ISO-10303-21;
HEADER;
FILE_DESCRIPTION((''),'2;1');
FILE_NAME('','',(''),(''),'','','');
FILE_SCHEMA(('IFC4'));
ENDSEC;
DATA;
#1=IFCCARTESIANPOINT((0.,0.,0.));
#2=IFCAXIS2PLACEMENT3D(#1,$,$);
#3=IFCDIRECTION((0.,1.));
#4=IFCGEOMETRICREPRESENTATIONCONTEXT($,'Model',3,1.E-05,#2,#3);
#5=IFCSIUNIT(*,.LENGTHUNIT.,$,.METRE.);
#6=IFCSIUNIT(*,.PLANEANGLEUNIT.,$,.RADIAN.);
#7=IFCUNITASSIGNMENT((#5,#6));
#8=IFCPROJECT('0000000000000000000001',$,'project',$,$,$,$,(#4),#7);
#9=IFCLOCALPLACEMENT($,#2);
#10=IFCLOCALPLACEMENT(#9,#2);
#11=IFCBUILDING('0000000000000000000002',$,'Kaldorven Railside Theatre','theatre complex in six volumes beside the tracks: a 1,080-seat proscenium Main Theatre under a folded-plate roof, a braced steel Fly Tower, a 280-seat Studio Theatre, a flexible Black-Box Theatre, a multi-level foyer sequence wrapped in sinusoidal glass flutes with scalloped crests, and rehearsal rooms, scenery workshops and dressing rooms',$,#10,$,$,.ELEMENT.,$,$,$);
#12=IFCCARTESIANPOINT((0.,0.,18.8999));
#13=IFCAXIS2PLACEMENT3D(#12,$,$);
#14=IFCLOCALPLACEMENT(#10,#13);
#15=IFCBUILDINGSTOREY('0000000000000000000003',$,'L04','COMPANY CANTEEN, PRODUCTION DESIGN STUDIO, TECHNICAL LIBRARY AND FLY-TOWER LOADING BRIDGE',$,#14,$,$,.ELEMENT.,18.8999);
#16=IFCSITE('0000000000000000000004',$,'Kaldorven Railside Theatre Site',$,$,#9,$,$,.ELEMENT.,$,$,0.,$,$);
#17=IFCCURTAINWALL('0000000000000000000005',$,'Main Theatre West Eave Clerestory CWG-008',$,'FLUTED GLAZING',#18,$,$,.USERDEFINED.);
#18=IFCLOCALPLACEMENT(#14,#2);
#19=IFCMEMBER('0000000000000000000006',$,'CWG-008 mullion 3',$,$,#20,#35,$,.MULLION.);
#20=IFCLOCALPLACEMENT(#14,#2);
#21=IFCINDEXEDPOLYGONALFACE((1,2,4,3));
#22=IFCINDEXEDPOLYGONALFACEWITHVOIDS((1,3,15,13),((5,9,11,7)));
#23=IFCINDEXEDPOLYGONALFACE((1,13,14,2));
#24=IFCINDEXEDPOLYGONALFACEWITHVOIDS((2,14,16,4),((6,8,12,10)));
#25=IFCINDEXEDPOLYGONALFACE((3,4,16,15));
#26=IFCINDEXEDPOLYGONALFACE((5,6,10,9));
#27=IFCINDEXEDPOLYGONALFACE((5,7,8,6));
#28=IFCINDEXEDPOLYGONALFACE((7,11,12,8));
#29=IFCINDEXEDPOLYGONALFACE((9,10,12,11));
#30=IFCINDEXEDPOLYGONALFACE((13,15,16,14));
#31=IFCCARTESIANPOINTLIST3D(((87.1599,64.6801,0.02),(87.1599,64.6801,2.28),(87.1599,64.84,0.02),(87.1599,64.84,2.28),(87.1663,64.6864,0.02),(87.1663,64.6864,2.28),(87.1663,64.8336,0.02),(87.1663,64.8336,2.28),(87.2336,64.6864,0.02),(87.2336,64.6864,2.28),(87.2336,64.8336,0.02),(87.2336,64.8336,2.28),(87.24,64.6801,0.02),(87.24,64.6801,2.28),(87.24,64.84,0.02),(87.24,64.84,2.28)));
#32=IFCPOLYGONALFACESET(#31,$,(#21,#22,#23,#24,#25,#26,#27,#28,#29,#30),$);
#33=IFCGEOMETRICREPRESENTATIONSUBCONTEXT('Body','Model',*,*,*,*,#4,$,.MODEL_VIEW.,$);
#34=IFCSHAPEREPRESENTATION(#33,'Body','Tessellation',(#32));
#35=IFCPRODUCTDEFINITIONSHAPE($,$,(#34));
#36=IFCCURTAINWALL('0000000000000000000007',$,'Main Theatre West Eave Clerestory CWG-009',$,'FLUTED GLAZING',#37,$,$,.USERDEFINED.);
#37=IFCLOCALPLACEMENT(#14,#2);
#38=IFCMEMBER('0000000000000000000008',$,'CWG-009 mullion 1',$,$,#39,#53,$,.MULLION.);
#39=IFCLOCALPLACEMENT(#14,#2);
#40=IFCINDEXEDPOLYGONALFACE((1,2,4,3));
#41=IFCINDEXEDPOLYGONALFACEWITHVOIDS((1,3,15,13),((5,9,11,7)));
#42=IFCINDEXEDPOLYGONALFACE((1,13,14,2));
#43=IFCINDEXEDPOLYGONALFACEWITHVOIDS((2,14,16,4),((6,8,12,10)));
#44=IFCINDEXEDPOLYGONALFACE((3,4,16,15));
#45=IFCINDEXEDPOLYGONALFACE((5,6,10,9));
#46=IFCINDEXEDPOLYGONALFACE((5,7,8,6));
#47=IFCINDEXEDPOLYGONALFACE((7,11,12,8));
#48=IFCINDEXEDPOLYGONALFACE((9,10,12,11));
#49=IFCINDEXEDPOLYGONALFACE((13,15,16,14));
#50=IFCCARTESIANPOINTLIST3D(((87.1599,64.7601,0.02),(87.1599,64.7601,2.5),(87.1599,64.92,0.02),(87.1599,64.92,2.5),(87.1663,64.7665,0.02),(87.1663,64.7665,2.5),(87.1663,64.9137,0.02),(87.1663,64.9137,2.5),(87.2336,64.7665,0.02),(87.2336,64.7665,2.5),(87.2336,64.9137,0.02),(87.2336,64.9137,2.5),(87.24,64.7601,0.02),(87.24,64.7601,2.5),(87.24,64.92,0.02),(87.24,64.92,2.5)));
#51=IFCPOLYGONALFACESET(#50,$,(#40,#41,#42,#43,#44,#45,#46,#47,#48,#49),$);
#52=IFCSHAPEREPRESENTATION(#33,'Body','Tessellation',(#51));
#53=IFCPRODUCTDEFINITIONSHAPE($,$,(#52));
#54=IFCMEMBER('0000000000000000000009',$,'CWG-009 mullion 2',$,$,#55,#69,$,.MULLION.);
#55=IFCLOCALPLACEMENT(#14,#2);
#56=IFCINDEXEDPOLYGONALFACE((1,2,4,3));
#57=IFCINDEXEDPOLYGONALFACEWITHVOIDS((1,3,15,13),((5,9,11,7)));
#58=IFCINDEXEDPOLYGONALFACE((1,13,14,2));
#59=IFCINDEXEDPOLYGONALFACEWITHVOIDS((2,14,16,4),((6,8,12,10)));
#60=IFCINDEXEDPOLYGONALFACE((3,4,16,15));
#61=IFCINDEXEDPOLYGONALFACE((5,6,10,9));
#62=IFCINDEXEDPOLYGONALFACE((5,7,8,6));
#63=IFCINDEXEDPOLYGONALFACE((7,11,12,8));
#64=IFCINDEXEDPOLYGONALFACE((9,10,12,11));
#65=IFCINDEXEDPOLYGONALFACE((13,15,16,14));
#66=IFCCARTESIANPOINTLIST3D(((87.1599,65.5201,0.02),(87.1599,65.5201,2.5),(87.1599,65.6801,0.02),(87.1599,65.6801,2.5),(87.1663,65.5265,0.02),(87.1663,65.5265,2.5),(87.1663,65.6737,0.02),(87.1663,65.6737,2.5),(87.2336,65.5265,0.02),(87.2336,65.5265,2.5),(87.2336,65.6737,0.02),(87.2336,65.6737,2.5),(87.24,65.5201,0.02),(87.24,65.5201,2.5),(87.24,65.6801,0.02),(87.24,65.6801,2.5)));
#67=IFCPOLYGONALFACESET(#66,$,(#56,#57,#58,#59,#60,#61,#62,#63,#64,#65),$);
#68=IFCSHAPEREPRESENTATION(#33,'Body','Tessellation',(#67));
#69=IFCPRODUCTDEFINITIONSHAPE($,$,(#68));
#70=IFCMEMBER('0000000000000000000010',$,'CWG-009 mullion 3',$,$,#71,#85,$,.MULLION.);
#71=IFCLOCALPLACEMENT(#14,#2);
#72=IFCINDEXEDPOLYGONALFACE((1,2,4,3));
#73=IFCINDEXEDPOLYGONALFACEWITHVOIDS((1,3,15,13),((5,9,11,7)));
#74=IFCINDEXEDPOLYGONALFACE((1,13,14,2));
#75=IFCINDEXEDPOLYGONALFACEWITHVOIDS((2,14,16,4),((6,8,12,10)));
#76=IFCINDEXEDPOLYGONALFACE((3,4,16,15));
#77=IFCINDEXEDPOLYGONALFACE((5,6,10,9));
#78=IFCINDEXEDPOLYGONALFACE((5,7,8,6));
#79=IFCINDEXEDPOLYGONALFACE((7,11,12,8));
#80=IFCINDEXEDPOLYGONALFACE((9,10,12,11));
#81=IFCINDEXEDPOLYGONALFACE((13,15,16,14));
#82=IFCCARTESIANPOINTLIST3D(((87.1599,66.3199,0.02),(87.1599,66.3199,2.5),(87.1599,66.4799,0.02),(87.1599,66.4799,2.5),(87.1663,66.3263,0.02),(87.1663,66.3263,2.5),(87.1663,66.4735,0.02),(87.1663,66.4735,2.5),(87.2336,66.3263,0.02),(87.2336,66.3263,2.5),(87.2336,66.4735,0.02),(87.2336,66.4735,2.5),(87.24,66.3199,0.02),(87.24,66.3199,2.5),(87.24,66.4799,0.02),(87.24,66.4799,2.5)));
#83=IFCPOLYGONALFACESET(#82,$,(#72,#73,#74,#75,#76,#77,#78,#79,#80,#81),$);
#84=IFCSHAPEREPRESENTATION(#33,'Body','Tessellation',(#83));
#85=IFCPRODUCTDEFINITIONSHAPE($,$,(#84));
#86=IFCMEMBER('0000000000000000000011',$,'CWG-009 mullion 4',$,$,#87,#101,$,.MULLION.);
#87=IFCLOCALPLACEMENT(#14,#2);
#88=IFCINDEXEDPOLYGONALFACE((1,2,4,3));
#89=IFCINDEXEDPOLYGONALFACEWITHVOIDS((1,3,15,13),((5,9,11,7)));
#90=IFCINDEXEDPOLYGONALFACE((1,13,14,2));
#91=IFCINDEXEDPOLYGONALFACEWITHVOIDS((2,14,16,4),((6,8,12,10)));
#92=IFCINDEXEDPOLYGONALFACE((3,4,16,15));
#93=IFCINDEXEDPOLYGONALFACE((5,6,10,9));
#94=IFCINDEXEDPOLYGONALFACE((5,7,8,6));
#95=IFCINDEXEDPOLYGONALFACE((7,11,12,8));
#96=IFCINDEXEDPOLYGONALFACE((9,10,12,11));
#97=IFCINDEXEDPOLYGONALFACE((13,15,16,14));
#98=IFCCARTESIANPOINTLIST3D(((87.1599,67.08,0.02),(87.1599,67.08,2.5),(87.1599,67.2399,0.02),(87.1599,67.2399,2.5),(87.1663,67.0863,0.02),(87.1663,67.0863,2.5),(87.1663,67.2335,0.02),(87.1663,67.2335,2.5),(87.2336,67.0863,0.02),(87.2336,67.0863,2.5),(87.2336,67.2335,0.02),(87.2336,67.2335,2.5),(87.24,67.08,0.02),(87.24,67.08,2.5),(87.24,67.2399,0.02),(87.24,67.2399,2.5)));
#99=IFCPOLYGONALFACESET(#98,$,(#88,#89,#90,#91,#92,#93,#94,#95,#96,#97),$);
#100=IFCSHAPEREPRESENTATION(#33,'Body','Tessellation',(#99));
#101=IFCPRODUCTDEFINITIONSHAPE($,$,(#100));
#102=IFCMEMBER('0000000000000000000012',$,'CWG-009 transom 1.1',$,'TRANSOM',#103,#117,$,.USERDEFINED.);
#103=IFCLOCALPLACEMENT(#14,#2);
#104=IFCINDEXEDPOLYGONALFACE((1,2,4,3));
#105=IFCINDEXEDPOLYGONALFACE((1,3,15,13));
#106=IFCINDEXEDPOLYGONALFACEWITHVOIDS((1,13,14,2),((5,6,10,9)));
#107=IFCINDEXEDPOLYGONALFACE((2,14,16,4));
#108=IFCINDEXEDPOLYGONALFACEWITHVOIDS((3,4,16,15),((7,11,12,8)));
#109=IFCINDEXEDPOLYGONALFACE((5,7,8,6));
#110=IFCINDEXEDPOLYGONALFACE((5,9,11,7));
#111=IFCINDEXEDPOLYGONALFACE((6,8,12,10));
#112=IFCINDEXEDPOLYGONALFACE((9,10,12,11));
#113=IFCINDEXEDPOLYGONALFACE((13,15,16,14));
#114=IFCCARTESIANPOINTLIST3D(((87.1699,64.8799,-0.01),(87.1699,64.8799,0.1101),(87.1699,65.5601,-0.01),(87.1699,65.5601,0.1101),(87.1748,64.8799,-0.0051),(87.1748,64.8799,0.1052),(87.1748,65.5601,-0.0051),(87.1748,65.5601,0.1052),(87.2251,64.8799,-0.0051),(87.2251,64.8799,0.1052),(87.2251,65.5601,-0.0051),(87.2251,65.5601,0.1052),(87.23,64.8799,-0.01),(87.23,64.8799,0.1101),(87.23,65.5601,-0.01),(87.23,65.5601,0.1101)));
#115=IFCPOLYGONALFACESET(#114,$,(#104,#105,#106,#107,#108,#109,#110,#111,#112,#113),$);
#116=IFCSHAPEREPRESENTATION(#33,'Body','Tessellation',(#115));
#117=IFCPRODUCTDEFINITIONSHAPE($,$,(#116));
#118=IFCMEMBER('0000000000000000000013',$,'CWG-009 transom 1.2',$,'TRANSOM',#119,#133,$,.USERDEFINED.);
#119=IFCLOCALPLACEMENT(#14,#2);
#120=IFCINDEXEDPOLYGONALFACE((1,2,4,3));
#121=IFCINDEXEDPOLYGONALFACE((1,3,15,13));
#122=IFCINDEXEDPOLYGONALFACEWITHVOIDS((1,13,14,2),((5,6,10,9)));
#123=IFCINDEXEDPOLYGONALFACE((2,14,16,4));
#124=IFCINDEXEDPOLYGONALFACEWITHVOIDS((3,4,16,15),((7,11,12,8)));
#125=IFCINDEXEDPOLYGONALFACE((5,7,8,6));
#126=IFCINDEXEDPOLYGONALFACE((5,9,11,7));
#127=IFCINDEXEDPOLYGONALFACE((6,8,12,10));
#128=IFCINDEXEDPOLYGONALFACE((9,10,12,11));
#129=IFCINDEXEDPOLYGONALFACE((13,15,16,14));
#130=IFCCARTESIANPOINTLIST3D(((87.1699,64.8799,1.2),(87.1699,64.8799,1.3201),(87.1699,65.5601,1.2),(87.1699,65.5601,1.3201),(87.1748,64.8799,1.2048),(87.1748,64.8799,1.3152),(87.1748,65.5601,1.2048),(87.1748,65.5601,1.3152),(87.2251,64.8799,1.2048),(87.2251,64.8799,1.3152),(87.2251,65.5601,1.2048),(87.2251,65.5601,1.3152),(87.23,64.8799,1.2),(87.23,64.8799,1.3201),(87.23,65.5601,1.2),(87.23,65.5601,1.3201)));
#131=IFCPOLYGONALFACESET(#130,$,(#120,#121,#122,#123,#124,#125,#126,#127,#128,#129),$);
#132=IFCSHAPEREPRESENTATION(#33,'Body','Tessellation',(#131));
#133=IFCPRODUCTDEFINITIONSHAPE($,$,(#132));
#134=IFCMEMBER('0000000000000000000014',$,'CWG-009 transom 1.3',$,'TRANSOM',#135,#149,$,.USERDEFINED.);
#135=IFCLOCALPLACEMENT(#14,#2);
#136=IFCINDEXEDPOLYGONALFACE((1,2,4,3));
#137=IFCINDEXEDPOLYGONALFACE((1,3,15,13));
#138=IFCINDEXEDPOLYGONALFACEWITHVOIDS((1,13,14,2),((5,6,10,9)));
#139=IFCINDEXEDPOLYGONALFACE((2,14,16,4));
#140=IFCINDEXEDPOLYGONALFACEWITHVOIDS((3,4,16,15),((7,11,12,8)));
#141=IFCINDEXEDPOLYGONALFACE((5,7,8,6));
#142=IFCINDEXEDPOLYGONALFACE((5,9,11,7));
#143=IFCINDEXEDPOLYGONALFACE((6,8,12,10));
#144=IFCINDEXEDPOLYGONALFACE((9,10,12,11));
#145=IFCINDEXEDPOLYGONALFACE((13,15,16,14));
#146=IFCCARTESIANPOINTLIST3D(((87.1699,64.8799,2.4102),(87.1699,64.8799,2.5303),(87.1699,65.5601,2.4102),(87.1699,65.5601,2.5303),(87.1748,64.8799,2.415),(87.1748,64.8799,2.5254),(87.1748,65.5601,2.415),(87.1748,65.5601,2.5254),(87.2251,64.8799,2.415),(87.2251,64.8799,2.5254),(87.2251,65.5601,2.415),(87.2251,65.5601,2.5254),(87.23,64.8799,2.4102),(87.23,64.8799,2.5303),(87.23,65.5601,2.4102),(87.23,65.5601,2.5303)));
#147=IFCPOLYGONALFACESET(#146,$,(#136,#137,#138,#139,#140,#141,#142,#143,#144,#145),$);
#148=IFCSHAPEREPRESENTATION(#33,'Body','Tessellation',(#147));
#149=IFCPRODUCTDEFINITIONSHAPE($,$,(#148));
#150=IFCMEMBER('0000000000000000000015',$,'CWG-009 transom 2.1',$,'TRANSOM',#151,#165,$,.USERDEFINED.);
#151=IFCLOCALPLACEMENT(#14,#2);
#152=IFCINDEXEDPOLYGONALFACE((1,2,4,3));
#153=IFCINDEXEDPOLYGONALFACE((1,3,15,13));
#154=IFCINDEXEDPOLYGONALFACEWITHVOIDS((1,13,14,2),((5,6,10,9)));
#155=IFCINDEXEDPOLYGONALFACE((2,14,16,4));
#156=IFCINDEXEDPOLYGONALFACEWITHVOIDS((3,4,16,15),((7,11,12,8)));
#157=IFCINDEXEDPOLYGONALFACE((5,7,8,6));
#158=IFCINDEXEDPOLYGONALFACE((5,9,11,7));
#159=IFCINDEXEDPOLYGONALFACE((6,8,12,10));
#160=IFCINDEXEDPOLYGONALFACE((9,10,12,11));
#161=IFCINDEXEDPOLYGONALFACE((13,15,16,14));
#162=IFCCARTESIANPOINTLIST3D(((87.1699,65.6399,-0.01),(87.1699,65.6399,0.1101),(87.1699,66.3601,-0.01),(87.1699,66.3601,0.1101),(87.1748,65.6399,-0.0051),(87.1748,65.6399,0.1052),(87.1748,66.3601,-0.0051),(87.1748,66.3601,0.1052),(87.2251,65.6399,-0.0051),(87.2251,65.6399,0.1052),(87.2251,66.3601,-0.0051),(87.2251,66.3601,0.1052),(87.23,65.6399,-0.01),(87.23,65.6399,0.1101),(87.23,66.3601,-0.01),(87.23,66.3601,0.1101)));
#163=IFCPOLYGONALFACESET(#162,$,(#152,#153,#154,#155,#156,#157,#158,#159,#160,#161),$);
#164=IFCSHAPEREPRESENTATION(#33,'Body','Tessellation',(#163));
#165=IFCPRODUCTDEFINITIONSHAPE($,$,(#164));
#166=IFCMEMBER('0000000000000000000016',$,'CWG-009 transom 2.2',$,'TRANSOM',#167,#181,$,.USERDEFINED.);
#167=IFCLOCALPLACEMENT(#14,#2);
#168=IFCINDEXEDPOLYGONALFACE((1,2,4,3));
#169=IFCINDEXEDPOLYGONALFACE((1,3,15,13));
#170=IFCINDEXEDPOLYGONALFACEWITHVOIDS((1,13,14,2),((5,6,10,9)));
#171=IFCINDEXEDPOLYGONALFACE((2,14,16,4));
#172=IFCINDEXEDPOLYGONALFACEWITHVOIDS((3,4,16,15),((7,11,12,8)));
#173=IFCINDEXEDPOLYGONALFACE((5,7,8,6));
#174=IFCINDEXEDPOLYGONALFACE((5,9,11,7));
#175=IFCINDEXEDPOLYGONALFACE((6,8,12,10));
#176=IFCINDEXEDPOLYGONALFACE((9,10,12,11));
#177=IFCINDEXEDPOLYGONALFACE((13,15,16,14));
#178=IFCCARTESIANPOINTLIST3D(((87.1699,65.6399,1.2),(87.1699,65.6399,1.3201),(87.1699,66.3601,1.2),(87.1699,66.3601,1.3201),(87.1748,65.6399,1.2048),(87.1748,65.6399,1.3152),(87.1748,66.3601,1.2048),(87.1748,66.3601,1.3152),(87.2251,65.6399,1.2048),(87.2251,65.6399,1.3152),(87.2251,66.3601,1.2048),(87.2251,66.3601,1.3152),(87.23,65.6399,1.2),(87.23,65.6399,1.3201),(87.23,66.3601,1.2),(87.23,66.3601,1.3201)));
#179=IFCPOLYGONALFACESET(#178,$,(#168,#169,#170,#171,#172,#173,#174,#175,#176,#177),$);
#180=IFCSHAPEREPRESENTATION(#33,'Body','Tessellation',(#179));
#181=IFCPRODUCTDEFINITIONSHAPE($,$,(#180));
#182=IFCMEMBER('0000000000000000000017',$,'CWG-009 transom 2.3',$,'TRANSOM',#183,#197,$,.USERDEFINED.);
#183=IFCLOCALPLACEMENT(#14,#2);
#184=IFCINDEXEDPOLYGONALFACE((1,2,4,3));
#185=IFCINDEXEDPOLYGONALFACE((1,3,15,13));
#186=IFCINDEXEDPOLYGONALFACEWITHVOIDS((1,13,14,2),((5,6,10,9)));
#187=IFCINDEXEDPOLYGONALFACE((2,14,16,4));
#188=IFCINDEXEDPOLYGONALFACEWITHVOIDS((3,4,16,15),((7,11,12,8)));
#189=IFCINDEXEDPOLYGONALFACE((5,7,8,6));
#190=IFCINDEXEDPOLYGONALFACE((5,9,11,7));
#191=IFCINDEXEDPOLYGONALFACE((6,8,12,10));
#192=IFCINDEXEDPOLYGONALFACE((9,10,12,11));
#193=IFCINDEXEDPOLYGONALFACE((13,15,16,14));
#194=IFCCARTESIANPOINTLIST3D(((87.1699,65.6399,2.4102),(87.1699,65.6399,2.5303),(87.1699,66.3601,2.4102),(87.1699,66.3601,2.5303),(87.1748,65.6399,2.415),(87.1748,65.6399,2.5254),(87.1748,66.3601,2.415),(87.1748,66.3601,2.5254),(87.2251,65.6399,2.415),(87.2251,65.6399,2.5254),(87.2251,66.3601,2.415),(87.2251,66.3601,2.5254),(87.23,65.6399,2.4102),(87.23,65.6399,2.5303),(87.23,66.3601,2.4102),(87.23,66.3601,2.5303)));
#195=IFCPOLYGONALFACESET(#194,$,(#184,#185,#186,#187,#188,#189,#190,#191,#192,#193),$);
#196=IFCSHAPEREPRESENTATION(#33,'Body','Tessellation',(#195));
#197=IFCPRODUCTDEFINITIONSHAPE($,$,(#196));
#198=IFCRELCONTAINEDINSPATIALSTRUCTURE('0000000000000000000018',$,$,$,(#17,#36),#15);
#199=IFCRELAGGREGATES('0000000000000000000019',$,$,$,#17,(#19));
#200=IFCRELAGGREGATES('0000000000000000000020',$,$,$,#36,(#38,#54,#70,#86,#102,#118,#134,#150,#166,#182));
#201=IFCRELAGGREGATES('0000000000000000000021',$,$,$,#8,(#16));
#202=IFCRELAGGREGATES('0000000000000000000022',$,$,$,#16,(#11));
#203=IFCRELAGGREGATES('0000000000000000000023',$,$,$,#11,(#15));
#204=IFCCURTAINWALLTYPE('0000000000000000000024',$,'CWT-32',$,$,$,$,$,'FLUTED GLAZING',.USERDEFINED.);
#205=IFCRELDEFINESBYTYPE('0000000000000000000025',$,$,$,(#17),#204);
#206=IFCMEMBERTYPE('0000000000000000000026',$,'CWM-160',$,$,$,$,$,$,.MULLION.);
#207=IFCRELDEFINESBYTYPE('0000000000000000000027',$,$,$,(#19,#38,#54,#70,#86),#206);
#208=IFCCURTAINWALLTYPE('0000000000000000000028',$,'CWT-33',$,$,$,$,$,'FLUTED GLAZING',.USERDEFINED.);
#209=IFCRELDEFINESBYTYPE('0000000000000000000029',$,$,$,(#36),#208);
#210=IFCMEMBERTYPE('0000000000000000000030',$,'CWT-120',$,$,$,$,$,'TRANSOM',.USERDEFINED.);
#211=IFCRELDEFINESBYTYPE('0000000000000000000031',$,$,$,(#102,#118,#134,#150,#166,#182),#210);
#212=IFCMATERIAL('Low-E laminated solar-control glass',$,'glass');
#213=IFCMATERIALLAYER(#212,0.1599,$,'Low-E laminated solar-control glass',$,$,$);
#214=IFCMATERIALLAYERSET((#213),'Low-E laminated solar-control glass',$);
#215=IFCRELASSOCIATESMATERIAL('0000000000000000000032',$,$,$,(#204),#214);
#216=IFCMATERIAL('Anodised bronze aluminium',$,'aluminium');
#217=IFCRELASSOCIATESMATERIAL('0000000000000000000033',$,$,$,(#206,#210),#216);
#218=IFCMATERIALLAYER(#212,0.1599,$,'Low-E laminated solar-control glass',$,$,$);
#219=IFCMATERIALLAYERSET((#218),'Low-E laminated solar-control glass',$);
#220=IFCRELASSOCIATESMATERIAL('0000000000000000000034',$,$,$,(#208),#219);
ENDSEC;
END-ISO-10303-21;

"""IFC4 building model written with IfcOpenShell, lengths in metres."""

from ifc_helpers import new_model, si_unit, direction, frame, origin, origin_2d, place, context, subcontext, project, spatial, hollow_rectangle, extrude, material, layer, layer_set, material_profile, profile_set, type_object, element, aggregate, save


model = new_model("IFC4")

# Units and contexts
model_context = context("Model", 3, precision=1e-05, world=origin(), true_north=direction((0.0, 1.0)))
body_context = subcontext(model_context, "Body", "Model", "MODEL_VIEW")
ifc_project = project(units=[si_unit("LENGTHUNIT", "METRE"), si_unit("PLANEANGLEUNIT", "RADIAN")], contexts=[model_context])

# Site, building, storey
site_placement = place(None, origin())
site = spatial("IfcSite", under=ifc_project, at=site_placement, Name="Kaldorven Railside Theatre Site", CompositionType="ELEMENT", RefElevation=0.0)
building_placement = place(site_placement, origin())
building = spatial("IfcBuilding", under=site, at=building_placement, Name="Kaldorven Railside Theatre", Description="theatre complex in six volumes beside the tracks: a 1,080-seat proscenium Main Theatre under a folded-plate roof, a braced steel Fly Tower, a 280-seat Studio Theatre, a flexible Black-Box Theatre, a multi-level foyer sequence wrapped in sinusoidal glass flutes with scalloped crests, and rehearsal rooms, scenery workshops and dressing rooms", CompositionType="ELEMENT")
storey_placement = place(building_placement, frame((0.0, 0.0, 18.8999)))
storey = spatial("IfcBuildingStorey", under=building, at=storey_placement, Name="L04", Description="COMPANY CANTEEN, PRODUCTION DESIGN STUDIO, TECHNICAL LIBRARY AND FLY-TOWER LOADING BRIDGE", CompositionType="ELEMENT", Elevation=18.8999)

# Curtain wall, member
ifc_material_1 = material(Name="Low-E laminated solar-control glass", Category="glass")
ifc_layer_1 = layer(ifc_material_1, 0.1599, Name="Low-E laminated solar-control glass")
ifc_layer_set_1 = layer_set([ifc_layer_1], Name="Low-E laminated solar-control glass")
curtain_wall_type_1 = type_object("IfcCurtainWallType", Name="CWT-32", ElementType="FLUTED GLAZING", PredefinedType="USERDEFINED", material=ifc_layer_set_1)
curtain_wall_1_placement = place(storey_placement, origin())
curtain_wall_1 = element("IfcCurtainWall", 1, at=curtain_wall_1_placement, inside=storey, type_object=curtain_wall_type_1, Name="Main Theatre West Eave Clerestory CWG-008", ObjectType="FLUTED GLAZING", PredefinedType="USERDEFINED")
ifc_material_2 = material(Name="Anodised bronze aluminium", Category="aluminium")
ifc_material_profile_1 = material_profile(ifc_material_2, hollow_rectangle(XDim=0.0801, YDim=0.1599, WallThickness=0.0063, at=origin_2d()), Name="RHS 160x80x6.3")
ifc_profile_set_1 = profile_set([ifc_material_profile_1], Name="Anodised bronze aluminium")
member_type_1 = type_object("IfcMemberType", Name="CWM-160", PredefinedType="MULLION", material=ifc_profile_set_1)
member_1_placement = place(storey_placement, frame((87.2, 64.76, 0.02), z_axis=(0.0, 0.0, 1.0), x_axis=(-1.0, 0.0, 0.0)))
member_1 = element("IfcMember", 2, at=member_1_placement, type_object=member_type_1, Name="CWG-008 mullion 3", PredefinedType="MULLION", context=body_context, shape_type="SweptSolid", body=[
    extrude(hollow_rectangle(XDim=0.0801, YDim=0.1599, WallThickness=0.0063, at=origin_2d()), origin(), (0.0, 0.0, 1.0), 2.26),
])

# Curtain wall, members
ifc_layer_2 = layer(ifc_material_1, 0.1599, Name="Low-E laminated solar-control glass")
ifc_layer_set_2 = layer_set([ifc_layer_2], Name="Low-E laminated solar-control glass")
curtain_wall_type_2 = type_object("IfcCurtainWallType", Name="CWT-33", ElementType="FLUTED GLAZING", PredefinedType="USERDEFINED", material=ifc_layer_set_2)
curtain_wall_2_placement = place(storey_placement, origin())
curtain_wall_2 = element("IfcCurtainWall", 3, at=curtain_wall_2_placement, inside=storey, type_object=curtain_wall_type_2, Name="Main Theatre West Eave Clerestory CWG-009", ObjectType="FLUTED GLAZING", PredefinedType="USERDEFINED")
member_2_placement = place(storey_placement, frame((87.2, 64.8401, 0.02), z_axis=(0.0, 0.0, 1.0), x_axis=(-1.0, 0.0, 0.0)))
member_2 = element("IfcMember", 4, at=member_2_placement, type_object=member_type_1, Name="CWG-009 mullion 1", PredefinedType="MULLION", context=body_context, shape_type="SweptSolid", body=[
    extrude(hollow_rectangle(XDim=0.0801, YDim=0.1599, WallThickness=0.0063, at=origin_2d()), origin(), (0.0, 0.0, 1.0), 2.48),
])
member_3_placement = place(storey_placement, frame((87.2, 65.6001, 0.02), z_axis=(0.0, 0.0, 1.0), x_axis=(-1.0, 0.0, 0.0)))
member_3 = element("IfcMember", 5, at=member_3_placement, type_object=member_type_1, Name="CWG-009 mullion 2", PredefinedType="MULLION", context=body_context, shape_type="SweptSolid", body=[
    extrude(hollow_rectangle(XDim=0.0801, YDim=0.1599, WallThickness=0.0063, at=origin_2d()), origin(), (0.0, 0.0, 1.0), 2.48),
])
member_4_placement = place(storey_placement, frame((87.2, 66.3999, 0.02), z_axis=(0.0, 0.0, 1.0), x_axis=(-1.0, 0.0, 0.0)))
member_4 = element("IfcMember", 6, at=member_4_placement, type_object=member_type_1, Name="CWG-009 mullion 3", PredefinedType="MULLION", context=body_context, shape_type="SweptSolid", body=[
    extrude(hollow_rectangle(XDim=0.0801, YDim=0.1599, WallThickness=0.0063, at=origin_2d()), origin(), (0.0, 0.0, 1.0), 2.48),
])
member_5_placement = place(storey_placement, frame((87.2, 67.1599, 0.02), z_axis=(0.0, 0.0, 1.0), x_axis=(-1.0, 0.0, 0.0)))
member_5 = element("IfcMember", 7, at=member_5_placement, type_object=member_type_1, Name="CWG-009 mullion 4", PredefinedType="MULLION", context=body_context, shape_type="SweptSolid", body=[
    extrude(hollow_rectangle(XDim=0.0801, YDim=0.1599, WallThickness=0.0063, at=origin_2d()), origin(), (0.0, 0.0, 1.0), 2.48),
])
ifc_material_profile_2 = material_profile(ifc_material_2, hollow_rectangle(XDim=0.0601, YDim=0.1201, WallThickness=0.0049, at=origin_2d()), Name="RHS 120x60x5")
ifc_profile_set_2 = profile_set([ifc_material_profile_2], Name="Anodised bronze aluminium")
member_type_2 = type_object("IfcMemberType", Name="CWT-120", ElementType="TRANSOM", PredefinedType="USERDEFINED", material=ifc_profile_set_2)
member_6_placement = place(storey_placement, frame((87.2, 64.8799, 0.05), z_axis=(0.0, 1.0, 0.0), x_axis=(-1.0, 0.0, 0.0)))
member_6 = element("IfcMember", 8, at=member_6_placement, type_object=member_type_2, Name="CWG-009 transom 1.1", ObjectType="TRANSOM", PredefinedType="USERDEFINED", context=body_context, shape_type="SweptSolid", body=[
    extrude(hollow_rectangle(XDim=0.0601, YDim=0.1201, WallThickness=0.0049, at=origin_2d()), origin(), (0.0, 0.0, 1.0), 0.6802),
])
member_7_placement = place(storey_placement, frame((87.2, 64.8799, 1.26), z_axis=(0.0, 1.0, 0.0), x_axis=(-1.0, 0.0, 0.0)))
member_7 = element("IfcMember", 9, at=member_7_placement, type_object=member_type_2, Name="CWG-009 transom 1.2", ObjectType="TRANSOM", PredefinedType="USERDEFINED", context=body_context, shape_type="SweptSolid", body=[
    extrude(hollow_rectangle(XDim=0.0601, YDim=0.1201, WallThickness=0.0049, at=origin_2d()), origin(), (0.0, 0.0, 1.0), 0.6802),
])
member_8_placement = place(storey_placement, frame((87.2, 64.8799, 2.4702), z_axis=(0.0, 1.0, 0.0), x_axis=(-1.0, 0.0, 0.0)))
member_8 = element("IfcMember", 10, at=member_8_placement, type_object=member_type_2, Name="CWG-009 transom 1.3", ObjectType="TRANSOM", PredefinedType="USERDEFINED", context=body_context, shape_type="SweptSolid", body=[
    extrude(hollow_rectangle(XDim=0.0601, YDim=0.1201, WallThickness=0.0049, at=origin_2d()), origin(), (0.0, 0.0, 1.0), 0.6802),
])
member_9_placement = place(storey_placement, frame((87.2, 65.6399, 0.05), z_axis=(0.0, 1.0, 0.0), x_axis=(-1.0, 0.0, 0.0)))
member_9 = element("IfcMember", 11, at=member_9_placement, type_object=member_type_2, Name="CWG-009 transom 2.1", ObjectType="TRANSOM", PredefinedType="USERDEFINED", context=body_context, shape_type="SweptSolid", body=[
    extrude(hollow_rectangle(XDim=0.0601, YDim=0.1201, WallThickness=0.0049, at=origin_2d()), origin(), (0.0, 0.0, 1.0), 0.7202),
])
member_10_placement = place(storey_placement, frame((87.2, 65.6399, 1.26), z_axis=(0.0, 1.0, 0.0), x_axis=(-1.0, 0.0, 0.0)))
member_10 = element("IfcMember", 12, at=member_10_placement, type_object=member_type_2, Name="CWG-009 transom 2.2", ObjectType="TRANSOM", PredefinedType="USERDEFINED", context=body_context, shape_type="SweptSolid", body=[
    extrude(hollow_rectangle(XDim=0.0601, YDim=0.1201, WallThickness=0.0049, at=origin_2d()), origin(), (0.0, 0.0, 1.0), 0.7202),
])
member_11_placement = place(storey_placement, frame((87.2, 65.6399, 2.4702), z_axis=(0.0, 1.0, 0.0), x_axis=(-1.0, 0.0, 0.0)))
member_11 = element("IfcMember", 13, at=member_11_placement, type_object=member_type_2, Name="CWG-009 transom 2.3", ObjectType="TRANSOM", PredefinedType="USERDEFINED", context=body_context, shape_type="SweptSolid", body=[
    extrude(hollow_rectangle(XDim=0.0601, YDim=0.1201, WallThickness=0.0049, at=origin_2d()), origin(), (0.0, 0.0, 1.0), 0.7202),
])

aggregate(curtain_wall_1, [member_1])
aggregate(curtain_wall_2, [member_2, member_3, member_4, member_5, member_6, member_7, member_8, member_9, member_10, member_11])

save(model, "model.ifc")
